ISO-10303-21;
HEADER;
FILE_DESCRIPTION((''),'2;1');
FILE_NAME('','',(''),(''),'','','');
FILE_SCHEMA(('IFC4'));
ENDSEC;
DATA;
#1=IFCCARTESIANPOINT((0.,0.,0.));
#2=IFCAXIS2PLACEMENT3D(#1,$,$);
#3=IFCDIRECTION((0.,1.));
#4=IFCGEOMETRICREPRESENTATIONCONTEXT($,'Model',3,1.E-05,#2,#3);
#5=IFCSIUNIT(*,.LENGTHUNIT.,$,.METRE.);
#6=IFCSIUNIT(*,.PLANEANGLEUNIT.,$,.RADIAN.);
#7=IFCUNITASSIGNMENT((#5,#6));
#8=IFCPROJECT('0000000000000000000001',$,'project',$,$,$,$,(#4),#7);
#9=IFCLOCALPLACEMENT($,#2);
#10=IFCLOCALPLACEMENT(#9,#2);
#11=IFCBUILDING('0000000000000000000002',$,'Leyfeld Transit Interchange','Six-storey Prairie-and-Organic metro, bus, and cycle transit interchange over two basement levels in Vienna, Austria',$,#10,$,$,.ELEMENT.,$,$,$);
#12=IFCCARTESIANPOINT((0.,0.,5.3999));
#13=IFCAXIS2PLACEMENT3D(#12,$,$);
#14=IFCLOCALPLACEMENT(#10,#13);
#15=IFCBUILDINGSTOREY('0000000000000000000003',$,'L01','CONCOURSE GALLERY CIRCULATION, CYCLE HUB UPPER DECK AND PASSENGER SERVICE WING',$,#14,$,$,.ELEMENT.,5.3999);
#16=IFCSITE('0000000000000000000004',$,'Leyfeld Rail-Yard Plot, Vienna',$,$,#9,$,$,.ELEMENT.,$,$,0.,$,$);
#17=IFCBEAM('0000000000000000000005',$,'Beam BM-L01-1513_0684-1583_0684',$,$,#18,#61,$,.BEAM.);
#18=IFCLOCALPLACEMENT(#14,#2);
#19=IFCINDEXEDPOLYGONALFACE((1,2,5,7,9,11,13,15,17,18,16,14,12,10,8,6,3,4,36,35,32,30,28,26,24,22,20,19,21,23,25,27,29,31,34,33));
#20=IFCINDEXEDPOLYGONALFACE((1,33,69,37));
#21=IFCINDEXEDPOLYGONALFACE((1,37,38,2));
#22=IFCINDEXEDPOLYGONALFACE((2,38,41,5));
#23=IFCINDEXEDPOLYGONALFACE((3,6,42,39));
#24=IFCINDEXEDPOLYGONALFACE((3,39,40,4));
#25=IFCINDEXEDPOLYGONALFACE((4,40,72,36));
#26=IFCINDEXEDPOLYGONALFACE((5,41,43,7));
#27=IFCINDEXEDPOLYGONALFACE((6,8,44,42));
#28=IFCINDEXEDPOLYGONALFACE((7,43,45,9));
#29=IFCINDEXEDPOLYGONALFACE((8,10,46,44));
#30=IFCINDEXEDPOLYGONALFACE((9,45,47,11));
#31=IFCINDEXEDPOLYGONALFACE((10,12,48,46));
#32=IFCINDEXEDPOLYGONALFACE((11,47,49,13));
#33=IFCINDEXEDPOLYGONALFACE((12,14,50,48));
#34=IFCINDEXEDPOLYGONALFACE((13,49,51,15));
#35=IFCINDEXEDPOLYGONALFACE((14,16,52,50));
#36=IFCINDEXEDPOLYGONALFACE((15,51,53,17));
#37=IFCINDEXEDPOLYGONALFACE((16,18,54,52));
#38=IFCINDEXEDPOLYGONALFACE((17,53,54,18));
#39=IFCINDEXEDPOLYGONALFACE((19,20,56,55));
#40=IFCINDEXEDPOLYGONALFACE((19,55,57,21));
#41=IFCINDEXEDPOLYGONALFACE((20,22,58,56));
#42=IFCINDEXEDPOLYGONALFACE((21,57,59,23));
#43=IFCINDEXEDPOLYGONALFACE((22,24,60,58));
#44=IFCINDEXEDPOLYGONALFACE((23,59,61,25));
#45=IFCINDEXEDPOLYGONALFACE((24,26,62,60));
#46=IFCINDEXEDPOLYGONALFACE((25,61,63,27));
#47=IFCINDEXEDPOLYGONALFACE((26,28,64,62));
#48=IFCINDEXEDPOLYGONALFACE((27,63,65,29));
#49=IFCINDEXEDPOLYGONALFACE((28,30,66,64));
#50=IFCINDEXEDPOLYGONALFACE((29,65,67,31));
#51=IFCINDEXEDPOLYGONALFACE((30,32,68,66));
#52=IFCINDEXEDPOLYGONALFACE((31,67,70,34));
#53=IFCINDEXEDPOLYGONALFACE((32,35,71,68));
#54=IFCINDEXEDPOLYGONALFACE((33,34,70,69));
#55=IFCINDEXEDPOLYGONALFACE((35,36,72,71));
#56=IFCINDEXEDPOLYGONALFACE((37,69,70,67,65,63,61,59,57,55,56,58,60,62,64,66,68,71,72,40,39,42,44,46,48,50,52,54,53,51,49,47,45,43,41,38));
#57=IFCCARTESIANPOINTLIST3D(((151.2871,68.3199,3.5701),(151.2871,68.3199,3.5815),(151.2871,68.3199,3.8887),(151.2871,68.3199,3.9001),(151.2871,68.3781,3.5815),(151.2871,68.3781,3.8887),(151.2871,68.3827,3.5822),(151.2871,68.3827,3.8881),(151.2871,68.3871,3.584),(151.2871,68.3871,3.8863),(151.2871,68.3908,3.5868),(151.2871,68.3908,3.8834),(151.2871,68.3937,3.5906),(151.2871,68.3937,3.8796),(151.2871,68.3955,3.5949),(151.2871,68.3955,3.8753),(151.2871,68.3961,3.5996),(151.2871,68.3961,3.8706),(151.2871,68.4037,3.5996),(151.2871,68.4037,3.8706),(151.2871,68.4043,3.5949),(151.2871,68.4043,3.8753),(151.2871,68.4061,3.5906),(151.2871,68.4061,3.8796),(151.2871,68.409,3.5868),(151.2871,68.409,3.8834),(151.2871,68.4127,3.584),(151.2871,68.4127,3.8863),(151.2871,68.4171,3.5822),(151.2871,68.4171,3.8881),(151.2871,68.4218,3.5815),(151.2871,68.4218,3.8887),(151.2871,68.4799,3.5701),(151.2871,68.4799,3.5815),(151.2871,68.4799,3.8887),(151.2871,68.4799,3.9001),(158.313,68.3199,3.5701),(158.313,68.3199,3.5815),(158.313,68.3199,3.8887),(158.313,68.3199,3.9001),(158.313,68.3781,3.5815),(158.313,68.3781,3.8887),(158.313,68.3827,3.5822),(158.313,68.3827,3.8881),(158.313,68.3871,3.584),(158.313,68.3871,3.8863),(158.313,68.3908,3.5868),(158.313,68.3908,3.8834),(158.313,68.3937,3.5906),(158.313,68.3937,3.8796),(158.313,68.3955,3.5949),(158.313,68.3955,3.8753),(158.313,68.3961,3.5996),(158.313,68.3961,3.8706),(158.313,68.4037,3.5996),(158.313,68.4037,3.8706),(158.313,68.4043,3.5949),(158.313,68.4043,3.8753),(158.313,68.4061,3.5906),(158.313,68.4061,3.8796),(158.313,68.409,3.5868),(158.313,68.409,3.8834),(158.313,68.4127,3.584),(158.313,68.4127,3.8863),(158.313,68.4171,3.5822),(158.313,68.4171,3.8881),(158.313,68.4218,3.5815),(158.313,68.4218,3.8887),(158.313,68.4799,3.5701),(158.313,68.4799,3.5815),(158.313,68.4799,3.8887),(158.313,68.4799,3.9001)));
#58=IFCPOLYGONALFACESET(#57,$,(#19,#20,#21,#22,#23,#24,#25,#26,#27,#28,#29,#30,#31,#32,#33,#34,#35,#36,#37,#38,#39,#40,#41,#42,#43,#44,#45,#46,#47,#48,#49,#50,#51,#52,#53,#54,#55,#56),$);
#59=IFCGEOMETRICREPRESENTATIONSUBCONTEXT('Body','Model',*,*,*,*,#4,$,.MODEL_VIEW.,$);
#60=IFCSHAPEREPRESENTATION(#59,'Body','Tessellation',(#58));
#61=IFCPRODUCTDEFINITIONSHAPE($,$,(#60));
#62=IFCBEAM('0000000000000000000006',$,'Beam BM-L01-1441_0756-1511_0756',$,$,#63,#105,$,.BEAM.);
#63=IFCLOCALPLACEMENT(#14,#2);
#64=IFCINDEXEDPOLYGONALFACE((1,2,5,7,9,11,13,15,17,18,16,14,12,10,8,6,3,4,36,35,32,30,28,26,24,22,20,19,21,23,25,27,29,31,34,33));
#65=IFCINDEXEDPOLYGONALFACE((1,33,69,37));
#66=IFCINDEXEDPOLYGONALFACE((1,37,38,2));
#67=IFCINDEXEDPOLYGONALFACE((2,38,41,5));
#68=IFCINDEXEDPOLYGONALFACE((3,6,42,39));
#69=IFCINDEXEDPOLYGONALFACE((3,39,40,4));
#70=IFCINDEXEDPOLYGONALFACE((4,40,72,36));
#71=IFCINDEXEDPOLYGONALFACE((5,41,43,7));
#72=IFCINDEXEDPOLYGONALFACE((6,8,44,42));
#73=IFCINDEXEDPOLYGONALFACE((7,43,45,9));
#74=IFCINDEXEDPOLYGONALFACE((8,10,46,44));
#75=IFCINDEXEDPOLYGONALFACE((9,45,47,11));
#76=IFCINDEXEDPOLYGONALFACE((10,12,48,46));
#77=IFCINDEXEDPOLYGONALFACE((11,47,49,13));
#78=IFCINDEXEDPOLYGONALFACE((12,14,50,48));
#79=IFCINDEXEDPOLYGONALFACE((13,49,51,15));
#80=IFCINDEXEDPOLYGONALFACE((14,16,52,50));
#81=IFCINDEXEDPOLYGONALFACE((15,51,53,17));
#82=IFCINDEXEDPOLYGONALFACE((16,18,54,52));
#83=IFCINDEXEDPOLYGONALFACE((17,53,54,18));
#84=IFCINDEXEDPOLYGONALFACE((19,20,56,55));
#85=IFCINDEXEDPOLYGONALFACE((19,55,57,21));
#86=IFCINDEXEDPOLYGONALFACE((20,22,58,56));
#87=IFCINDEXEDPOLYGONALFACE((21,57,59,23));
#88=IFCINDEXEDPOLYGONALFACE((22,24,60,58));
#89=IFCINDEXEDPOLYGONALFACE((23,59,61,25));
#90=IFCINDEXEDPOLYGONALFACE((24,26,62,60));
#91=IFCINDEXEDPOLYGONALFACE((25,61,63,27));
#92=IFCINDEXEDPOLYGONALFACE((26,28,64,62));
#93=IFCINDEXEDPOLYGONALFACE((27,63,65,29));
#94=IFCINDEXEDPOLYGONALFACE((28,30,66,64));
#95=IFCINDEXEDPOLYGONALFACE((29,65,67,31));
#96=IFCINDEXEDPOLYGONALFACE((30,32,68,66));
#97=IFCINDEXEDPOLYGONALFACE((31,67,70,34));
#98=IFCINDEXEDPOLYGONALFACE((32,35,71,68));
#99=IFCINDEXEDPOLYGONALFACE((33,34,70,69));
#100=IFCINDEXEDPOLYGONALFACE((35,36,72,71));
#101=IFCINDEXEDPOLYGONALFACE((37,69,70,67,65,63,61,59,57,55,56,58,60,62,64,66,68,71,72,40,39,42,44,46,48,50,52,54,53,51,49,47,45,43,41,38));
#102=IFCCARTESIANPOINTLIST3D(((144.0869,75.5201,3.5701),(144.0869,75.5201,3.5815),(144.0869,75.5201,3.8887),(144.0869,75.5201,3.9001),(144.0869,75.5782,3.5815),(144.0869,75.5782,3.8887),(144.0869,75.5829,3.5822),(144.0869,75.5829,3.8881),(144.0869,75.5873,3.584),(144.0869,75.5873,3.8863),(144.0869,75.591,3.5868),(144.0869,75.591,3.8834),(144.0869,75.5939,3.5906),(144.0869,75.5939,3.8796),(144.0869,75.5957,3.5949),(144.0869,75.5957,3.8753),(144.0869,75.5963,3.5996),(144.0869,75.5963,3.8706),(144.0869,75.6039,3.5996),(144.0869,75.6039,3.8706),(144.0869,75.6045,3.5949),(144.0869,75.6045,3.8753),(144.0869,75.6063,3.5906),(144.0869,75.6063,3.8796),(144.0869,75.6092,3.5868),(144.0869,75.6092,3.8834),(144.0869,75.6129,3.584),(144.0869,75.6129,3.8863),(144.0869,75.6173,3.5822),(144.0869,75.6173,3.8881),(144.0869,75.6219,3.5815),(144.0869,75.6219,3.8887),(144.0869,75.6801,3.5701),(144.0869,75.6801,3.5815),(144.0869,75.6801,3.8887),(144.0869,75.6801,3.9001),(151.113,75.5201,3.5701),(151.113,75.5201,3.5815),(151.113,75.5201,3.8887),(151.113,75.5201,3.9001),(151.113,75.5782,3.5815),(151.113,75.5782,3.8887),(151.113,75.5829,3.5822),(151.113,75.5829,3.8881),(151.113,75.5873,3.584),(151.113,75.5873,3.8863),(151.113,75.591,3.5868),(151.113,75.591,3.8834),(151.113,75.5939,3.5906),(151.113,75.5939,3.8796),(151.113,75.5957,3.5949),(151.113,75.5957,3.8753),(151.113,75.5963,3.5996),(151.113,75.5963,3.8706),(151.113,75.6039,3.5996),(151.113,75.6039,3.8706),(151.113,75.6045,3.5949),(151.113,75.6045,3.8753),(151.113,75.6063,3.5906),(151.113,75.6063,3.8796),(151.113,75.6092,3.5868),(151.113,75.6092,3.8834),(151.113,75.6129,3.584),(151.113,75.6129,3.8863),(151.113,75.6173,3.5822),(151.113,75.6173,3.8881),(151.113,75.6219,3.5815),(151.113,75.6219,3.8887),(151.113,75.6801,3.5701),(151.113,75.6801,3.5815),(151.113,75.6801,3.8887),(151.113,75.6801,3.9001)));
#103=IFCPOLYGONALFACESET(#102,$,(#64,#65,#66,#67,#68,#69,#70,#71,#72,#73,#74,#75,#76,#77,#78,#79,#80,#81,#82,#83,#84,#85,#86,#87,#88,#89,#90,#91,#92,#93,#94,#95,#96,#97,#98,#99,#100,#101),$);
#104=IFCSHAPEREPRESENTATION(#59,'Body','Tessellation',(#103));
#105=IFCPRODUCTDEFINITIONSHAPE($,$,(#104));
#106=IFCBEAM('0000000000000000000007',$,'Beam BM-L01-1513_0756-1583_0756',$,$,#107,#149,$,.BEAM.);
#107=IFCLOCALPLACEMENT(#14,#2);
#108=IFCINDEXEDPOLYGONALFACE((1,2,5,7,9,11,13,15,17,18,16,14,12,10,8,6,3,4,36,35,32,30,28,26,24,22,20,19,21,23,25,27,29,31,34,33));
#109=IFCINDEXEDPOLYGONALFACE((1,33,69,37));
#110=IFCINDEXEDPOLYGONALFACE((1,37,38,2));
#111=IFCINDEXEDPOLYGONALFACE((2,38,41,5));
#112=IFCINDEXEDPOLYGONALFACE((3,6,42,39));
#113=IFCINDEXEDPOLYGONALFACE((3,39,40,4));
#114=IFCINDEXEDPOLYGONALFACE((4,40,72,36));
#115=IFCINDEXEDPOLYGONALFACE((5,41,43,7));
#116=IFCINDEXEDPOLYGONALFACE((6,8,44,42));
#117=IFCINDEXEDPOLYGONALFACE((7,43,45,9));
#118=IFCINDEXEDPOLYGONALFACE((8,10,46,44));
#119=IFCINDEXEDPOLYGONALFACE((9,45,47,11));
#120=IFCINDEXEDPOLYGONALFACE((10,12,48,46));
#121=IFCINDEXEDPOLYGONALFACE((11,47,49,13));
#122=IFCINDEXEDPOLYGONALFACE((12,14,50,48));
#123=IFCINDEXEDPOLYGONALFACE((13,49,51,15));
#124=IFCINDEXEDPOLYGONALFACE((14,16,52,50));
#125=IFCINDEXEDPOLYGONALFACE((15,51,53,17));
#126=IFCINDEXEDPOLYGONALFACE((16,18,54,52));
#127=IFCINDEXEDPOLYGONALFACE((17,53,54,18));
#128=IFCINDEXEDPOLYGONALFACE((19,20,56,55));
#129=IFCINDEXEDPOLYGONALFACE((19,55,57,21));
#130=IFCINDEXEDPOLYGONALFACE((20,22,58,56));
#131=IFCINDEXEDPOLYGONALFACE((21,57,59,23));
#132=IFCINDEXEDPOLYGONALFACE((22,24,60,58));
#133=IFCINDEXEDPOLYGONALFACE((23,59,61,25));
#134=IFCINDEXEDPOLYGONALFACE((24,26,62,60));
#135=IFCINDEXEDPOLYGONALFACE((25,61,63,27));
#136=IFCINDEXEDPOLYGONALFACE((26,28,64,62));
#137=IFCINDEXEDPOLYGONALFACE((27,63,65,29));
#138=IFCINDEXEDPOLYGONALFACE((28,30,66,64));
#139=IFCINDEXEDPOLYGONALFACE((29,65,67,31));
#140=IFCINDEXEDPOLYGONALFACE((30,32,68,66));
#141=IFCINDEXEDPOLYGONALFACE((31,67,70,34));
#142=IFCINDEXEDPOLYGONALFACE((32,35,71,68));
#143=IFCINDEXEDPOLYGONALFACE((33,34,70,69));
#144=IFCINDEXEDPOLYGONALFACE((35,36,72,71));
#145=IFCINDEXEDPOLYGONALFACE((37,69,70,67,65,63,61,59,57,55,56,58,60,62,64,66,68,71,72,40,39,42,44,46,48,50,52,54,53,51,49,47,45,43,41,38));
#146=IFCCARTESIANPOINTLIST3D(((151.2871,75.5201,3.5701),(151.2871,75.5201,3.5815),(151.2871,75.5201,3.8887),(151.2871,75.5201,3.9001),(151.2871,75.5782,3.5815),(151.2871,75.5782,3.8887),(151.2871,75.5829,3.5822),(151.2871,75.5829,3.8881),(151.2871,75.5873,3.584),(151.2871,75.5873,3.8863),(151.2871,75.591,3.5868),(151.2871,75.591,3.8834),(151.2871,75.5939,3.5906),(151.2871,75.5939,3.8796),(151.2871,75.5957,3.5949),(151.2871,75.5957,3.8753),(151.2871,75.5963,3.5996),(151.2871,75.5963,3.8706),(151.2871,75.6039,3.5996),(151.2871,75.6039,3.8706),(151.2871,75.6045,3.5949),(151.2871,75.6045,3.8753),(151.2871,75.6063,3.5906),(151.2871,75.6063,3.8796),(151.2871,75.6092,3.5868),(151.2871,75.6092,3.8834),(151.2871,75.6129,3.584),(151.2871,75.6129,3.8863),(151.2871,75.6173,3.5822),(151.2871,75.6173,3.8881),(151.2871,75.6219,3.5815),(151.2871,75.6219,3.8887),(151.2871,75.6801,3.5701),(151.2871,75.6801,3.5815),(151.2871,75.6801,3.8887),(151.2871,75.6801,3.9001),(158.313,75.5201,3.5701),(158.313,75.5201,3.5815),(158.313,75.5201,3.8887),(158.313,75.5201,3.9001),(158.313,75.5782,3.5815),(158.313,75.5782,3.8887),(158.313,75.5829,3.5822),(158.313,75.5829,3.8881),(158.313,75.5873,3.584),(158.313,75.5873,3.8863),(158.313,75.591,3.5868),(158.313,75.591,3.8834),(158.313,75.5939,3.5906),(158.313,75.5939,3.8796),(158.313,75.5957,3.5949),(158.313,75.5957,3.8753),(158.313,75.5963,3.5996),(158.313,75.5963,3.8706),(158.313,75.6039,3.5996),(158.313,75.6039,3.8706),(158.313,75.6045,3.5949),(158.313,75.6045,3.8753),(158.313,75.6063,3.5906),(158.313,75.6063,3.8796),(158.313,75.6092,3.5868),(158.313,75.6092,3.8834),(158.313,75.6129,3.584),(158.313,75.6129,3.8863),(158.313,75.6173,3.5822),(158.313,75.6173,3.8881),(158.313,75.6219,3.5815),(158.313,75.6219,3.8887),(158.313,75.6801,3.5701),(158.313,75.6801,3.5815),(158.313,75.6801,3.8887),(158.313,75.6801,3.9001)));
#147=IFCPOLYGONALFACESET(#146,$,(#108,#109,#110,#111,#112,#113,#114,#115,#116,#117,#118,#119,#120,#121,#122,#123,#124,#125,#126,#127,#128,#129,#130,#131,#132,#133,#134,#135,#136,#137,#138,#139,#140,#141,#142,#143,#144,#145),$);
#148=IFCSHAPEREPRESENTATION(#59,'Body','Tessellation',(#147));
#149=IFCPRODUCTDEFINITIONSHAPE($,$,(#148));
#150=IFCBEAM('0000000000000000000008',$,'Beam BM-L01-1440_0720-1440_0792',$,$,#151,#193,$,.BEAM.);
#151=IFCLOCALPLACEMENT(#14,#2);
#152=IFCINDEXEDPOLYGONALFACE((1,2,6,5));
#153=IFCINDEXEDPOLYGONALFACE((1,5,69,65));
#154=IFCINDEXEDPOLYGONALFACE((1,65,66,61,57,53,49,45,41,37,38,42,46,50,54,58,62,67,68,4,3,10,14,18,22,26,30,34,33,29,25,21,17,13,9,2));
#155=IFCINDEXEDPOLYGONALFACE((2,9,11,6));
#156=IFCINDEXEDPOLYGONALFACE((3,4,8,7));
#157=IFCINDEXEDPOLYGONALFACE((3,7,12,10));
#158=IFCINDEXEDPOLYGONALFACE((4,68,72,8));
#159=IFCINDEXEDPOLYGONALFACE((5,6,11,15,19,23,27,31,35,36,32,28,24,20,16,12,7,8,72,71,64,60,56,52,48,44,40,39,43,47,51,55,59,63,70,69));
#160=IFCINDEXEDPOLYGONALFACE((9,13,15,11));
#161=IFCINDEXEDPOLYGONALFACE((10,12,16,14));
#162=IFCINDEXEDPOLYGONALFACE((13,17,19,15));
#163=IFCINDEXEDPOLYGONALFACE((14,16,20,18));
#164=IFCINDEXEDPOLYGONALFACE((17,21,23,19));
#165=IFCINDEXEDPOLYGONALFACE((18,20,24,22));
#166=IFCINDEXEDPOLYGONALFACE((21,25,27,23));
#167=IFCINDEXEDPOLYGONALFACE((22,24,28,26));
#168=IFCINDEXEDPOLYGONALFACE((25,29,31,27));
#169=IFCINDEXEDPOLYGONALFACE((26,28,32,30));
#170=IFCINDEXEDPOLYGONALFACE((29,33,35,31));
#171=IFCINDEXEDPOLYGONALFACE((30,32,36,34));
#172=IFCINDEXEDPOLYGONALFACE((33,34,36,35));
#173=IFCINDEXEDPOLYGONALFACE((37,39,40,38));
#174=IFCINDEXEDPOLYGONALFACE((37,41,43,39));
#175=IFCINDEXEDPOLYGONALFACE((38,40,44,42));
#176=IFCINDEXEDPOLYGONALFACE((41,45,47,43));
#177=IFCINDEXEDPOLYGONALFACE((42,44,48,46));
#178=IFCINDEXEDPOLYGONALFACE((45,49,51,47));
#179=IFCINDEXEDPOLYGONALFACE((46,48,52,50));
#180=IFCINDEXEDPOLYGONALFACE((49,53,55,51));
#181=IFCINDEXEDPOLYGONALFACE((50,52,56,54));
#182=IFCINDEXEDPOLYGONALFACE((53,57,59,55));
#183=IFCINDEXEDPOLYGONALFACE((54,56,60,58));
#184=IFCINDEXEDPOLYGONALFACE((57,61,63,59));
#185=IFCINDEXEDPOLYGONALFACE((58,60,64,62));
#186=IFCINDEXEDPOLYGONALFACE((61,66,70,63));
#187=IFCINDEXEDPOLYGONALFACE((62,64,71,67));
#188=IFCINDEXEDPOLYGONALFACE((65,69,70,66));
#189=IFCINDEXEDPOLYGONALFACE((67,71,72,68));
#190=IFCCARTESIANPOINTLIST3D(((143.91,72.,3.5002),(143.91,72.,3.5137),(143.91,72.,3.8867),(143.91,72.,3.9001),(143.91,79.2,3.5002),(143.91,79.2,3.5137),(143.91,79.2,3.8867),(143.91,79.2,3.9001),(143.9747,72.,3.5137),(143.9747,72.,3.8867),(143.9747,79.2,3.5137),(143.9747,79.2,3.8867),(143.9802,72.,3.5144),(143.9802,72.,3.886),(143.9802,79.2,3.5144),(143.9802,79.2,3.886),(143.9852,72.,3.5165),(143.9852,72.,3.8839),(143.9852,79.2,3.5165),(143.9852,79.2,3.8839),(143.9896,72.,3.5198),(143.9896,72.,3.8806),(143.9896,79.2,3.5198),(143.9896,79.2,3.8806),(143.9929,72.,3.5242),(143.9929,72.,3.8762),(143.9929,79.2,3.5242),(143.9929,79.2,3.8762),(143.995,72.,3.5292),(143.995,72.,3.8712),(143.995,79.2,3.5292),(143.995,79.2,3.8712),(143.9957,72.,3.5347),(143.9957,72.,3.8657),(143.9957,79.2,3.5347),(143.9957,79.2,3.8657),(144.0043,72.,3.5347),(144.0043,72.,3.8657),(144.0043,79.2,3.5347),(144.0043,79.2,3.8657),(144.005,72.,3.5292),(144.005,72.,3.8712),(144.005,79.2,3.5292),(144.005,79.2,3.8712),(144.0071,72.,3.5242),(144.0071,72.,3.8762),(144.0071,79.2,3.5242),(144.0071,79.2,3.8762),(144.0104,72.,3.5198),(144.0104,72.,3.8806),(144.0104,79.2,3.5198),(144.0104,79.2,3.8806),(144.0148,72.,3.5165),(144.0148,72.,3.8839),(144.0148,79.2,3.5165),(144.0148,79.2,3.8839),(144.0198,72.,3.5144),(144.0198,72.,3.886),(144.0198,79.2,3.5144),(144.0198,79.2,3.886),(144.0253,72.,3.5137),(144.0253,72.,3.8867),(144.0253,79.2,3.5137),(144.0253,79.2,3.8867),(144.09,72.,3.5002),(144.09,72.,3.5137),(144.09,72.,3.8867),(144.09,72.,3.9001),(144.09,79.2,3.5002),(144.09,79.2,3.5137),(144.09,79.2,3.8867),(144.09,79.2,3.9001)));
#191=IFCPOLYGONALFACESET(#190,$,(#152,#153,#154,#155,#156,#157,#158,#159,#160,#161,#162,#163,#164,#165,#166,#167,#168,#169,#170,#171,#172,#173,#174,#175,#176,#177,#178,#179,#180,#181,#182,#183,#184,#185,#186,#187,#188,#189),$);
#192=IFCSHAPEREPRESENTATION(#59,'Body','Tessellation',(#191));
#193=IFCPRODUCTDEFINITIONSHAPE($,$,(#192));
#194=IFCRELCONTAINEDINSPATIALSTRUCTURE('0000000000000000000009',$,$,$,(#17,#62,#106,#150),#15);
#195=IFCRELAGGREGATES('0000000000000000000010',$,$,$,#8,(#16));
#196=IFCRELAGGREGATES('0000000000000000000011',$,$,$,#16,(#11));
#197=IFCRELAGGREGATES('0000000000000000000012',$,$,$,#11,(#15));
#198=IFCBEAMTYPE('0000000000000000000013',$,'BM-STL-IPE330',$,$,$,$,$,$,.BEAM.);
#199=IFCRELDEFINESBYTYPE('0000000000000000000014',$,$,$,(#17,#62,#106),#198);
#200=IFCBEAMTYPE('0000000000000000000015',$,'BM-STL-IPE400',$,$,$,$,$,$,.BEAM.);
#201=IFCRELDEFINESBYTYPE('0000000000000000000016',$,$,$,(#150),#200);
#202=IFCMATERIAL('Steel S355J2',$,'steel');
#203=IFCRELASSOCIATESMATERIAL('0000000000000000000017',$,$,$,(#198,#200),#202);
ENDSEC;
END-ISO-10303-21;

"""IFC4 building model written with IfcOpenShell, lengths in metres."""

from ifc_helpers import new_model, si_unit, direction, frame, origin, origin_2d, place, context, subcontext, project, spatial, i_section, extrude, material, material_profile, profile_set, type_object, element, save


model = new_model("IFC4")

# Units and contexts
model_context = context("Model", 3, precision=1e-05, world=origin(), true_north=direction((0.0, 1.0)))
body_context = subcontext(model_context, "Body", "Model", "MODEL_VIEW")
ifc_project = project(units=[si_unit("LENGTHUNIT", "METRE"), si_unit("PLANEANGLEUNIT", "RADIAN")], contexts=[model_context])

# Site, building, storey
site_placement = place(None, origin())
site = spatial("IfcSite", under=ifc_project, at=site_placement, Name="Leyfeld Rail-Yard Plot, Vienna", CompositionType="ELEMENT", RefElevation=0.0)
building_placement = place(site_placement, origin())
building = spatial("IfcBuilding", under=site, at=building_placement, Name="Leyfeld Transit Interchange", Description="Six-storey Prairie-and-Organic metro, bus, and cycle transit interchange over two basement levels in Vienna, Austria", CompositionType="ELEMENT")
storey_placement = place(building_placement, frame((0.0, 0.0, 5.3999)))
storey = spatial("IfcBuildingStorey", under=building, at=storey_placement, Name="L01", Description="CONCOURSE GALLERY CIRCULATION, CYCLE HUB UPPER DECK AND PASSENGER SERVICE WING", CompositionType="ELEMENT", Elevation=5.3999)

# Beams
ifc_material_1 = material(Name="Steel S355J2", Category="steel")
ifc_material_profile_1 = material_profile(ifc_material_1, i_section(OverallWidth=0.1599, OverallDepth=0.3301, WebThickness=0.0076, FlangeThickness=0.0115, FilletRadius=0.0181, at=origin_2d()), Name="IPE 330")
ifc_profile_set_1 = profile_set([ifc_material_profile_1], Name="Steel S355J2")
beam_type_1 = type_object("IfcBeamType", Name="BM-STL-IPE330", PredefinedType="BEAM", material=ifc_profile_set_1)
beam_1_placement = place(storey_placement, frame((151.2871, 68.3999, 3.7351), z_axis=(1.0, 0.0, 0.0), x_axis=(0.0, 1.0, 0.0)))
element("IfcBeam", 1, at=beam_1_placement, inside=storey, type_object=beam_type_1, Name="Beam BM-L01-1513_0684-1583_0684", PredefinedType="BEAM", context=body_context, shape_type="SweptSolid", body=[
    extrude(i_section(OverallWidth=0.1599, OverallDepth=0.3301, WebThickness=0.0076, FlangeThickness=0.0115, FilletRadius=0.0181, at=origin_2d()), origin(), (0.0, 0.0, 1.0), 7.0259),
])
beam_2_placement = place(storey_placement, frame((144.0869, 75.6001, 3.7351), z_axis=(1.0, 0.0, 0.0), x_axis=(0.0, 1.0, 0.0)))
element("IfcBeam", 2, at=beam_2_placement, inside=storey, type_object=beam_type_1, Name="Beam BM-L01-1441_0756-1511_0756", PredefinedType="BEAM", context=body_context, shape_type="SweptSolid", body=[
    extrude(i_section(OverallWidth=0.1599, OverallDepth=0.3301, WebThickness=0.0076, FlangeThickness=0.0115, FilletRadius=0.0181, at=origin_2d()), origin(), (0.0, 0.0, 1.0), 7.0261),
])
beam_3_placement = place(storey_placement, frame((151.2871, 75.6001, 3.7351), z_axis=(1.0, 0.0, 0.0), x_axis=(0.0, 1.0, 0.0)))
element("IfcBeam", 3, at=beam_3_placement, inside=storey, type_object=beam_type_1, Name="Beam BM-L01-1513_0756-1583_0756", PredefinedType="BEAM", context=body_context, shape_type="SweptSolid", body=[
    extrude(i_section(OverallWidth=0.1599, OverallDepth=0.3301, WebThickness=0.0076, FlangeThickness=0.0115, FilletRadius=0.0181, at=origin_2d()), origin(), (0.0, 0.0, 1.0), 7.0259),
])
ifc_material_profile_2 = material_profile(ifc_material_1, i_section(OverallWidth=0.1799, OverallDepth=0.3999, WebThickness=0.0085, FlangeThickness=0.0134, FilletRadius=0.021, at=origin_2d()), Name="IPE 400")
ifc_profile_set_2 = profile_set([ifc_material_profile_2], Name="Steel S355J2")
beam_type_2 = type_object("IfcBeamType", Name="BM-STL-IPE400", PredefinedType="BEAM", material=ifc_profile_set_2)
for number, where, z_axis, x_axis, name in (
    (4, (144.0, 72.0, 3.7002), (0.0, 1.0, 0.0), (-1.0, 0.0, 0.0), "Beam BM-L01-1440_0720-1440_0792"),
):
    element("IfcBeam", number, at=place(storey_placement, frame(where, z_axis=z_axis, x_axis=x_axis)), inside=storey, type_object=beam_type_2, Name=name, PredefinedType="BEAM", context=body_context, shape_type="SweptSolid", body=[
        extrude(i_section(OverallWidth=0.1799, OverallDepth=0.3999, WebThickness=0.0085, FlangeThickness=0.0134, FilletRadius=0.021, at=origin_2d()), origin(), (0.0, 0.0, 1.0), 7.2),
    ])

save(model, "model.ifc")
